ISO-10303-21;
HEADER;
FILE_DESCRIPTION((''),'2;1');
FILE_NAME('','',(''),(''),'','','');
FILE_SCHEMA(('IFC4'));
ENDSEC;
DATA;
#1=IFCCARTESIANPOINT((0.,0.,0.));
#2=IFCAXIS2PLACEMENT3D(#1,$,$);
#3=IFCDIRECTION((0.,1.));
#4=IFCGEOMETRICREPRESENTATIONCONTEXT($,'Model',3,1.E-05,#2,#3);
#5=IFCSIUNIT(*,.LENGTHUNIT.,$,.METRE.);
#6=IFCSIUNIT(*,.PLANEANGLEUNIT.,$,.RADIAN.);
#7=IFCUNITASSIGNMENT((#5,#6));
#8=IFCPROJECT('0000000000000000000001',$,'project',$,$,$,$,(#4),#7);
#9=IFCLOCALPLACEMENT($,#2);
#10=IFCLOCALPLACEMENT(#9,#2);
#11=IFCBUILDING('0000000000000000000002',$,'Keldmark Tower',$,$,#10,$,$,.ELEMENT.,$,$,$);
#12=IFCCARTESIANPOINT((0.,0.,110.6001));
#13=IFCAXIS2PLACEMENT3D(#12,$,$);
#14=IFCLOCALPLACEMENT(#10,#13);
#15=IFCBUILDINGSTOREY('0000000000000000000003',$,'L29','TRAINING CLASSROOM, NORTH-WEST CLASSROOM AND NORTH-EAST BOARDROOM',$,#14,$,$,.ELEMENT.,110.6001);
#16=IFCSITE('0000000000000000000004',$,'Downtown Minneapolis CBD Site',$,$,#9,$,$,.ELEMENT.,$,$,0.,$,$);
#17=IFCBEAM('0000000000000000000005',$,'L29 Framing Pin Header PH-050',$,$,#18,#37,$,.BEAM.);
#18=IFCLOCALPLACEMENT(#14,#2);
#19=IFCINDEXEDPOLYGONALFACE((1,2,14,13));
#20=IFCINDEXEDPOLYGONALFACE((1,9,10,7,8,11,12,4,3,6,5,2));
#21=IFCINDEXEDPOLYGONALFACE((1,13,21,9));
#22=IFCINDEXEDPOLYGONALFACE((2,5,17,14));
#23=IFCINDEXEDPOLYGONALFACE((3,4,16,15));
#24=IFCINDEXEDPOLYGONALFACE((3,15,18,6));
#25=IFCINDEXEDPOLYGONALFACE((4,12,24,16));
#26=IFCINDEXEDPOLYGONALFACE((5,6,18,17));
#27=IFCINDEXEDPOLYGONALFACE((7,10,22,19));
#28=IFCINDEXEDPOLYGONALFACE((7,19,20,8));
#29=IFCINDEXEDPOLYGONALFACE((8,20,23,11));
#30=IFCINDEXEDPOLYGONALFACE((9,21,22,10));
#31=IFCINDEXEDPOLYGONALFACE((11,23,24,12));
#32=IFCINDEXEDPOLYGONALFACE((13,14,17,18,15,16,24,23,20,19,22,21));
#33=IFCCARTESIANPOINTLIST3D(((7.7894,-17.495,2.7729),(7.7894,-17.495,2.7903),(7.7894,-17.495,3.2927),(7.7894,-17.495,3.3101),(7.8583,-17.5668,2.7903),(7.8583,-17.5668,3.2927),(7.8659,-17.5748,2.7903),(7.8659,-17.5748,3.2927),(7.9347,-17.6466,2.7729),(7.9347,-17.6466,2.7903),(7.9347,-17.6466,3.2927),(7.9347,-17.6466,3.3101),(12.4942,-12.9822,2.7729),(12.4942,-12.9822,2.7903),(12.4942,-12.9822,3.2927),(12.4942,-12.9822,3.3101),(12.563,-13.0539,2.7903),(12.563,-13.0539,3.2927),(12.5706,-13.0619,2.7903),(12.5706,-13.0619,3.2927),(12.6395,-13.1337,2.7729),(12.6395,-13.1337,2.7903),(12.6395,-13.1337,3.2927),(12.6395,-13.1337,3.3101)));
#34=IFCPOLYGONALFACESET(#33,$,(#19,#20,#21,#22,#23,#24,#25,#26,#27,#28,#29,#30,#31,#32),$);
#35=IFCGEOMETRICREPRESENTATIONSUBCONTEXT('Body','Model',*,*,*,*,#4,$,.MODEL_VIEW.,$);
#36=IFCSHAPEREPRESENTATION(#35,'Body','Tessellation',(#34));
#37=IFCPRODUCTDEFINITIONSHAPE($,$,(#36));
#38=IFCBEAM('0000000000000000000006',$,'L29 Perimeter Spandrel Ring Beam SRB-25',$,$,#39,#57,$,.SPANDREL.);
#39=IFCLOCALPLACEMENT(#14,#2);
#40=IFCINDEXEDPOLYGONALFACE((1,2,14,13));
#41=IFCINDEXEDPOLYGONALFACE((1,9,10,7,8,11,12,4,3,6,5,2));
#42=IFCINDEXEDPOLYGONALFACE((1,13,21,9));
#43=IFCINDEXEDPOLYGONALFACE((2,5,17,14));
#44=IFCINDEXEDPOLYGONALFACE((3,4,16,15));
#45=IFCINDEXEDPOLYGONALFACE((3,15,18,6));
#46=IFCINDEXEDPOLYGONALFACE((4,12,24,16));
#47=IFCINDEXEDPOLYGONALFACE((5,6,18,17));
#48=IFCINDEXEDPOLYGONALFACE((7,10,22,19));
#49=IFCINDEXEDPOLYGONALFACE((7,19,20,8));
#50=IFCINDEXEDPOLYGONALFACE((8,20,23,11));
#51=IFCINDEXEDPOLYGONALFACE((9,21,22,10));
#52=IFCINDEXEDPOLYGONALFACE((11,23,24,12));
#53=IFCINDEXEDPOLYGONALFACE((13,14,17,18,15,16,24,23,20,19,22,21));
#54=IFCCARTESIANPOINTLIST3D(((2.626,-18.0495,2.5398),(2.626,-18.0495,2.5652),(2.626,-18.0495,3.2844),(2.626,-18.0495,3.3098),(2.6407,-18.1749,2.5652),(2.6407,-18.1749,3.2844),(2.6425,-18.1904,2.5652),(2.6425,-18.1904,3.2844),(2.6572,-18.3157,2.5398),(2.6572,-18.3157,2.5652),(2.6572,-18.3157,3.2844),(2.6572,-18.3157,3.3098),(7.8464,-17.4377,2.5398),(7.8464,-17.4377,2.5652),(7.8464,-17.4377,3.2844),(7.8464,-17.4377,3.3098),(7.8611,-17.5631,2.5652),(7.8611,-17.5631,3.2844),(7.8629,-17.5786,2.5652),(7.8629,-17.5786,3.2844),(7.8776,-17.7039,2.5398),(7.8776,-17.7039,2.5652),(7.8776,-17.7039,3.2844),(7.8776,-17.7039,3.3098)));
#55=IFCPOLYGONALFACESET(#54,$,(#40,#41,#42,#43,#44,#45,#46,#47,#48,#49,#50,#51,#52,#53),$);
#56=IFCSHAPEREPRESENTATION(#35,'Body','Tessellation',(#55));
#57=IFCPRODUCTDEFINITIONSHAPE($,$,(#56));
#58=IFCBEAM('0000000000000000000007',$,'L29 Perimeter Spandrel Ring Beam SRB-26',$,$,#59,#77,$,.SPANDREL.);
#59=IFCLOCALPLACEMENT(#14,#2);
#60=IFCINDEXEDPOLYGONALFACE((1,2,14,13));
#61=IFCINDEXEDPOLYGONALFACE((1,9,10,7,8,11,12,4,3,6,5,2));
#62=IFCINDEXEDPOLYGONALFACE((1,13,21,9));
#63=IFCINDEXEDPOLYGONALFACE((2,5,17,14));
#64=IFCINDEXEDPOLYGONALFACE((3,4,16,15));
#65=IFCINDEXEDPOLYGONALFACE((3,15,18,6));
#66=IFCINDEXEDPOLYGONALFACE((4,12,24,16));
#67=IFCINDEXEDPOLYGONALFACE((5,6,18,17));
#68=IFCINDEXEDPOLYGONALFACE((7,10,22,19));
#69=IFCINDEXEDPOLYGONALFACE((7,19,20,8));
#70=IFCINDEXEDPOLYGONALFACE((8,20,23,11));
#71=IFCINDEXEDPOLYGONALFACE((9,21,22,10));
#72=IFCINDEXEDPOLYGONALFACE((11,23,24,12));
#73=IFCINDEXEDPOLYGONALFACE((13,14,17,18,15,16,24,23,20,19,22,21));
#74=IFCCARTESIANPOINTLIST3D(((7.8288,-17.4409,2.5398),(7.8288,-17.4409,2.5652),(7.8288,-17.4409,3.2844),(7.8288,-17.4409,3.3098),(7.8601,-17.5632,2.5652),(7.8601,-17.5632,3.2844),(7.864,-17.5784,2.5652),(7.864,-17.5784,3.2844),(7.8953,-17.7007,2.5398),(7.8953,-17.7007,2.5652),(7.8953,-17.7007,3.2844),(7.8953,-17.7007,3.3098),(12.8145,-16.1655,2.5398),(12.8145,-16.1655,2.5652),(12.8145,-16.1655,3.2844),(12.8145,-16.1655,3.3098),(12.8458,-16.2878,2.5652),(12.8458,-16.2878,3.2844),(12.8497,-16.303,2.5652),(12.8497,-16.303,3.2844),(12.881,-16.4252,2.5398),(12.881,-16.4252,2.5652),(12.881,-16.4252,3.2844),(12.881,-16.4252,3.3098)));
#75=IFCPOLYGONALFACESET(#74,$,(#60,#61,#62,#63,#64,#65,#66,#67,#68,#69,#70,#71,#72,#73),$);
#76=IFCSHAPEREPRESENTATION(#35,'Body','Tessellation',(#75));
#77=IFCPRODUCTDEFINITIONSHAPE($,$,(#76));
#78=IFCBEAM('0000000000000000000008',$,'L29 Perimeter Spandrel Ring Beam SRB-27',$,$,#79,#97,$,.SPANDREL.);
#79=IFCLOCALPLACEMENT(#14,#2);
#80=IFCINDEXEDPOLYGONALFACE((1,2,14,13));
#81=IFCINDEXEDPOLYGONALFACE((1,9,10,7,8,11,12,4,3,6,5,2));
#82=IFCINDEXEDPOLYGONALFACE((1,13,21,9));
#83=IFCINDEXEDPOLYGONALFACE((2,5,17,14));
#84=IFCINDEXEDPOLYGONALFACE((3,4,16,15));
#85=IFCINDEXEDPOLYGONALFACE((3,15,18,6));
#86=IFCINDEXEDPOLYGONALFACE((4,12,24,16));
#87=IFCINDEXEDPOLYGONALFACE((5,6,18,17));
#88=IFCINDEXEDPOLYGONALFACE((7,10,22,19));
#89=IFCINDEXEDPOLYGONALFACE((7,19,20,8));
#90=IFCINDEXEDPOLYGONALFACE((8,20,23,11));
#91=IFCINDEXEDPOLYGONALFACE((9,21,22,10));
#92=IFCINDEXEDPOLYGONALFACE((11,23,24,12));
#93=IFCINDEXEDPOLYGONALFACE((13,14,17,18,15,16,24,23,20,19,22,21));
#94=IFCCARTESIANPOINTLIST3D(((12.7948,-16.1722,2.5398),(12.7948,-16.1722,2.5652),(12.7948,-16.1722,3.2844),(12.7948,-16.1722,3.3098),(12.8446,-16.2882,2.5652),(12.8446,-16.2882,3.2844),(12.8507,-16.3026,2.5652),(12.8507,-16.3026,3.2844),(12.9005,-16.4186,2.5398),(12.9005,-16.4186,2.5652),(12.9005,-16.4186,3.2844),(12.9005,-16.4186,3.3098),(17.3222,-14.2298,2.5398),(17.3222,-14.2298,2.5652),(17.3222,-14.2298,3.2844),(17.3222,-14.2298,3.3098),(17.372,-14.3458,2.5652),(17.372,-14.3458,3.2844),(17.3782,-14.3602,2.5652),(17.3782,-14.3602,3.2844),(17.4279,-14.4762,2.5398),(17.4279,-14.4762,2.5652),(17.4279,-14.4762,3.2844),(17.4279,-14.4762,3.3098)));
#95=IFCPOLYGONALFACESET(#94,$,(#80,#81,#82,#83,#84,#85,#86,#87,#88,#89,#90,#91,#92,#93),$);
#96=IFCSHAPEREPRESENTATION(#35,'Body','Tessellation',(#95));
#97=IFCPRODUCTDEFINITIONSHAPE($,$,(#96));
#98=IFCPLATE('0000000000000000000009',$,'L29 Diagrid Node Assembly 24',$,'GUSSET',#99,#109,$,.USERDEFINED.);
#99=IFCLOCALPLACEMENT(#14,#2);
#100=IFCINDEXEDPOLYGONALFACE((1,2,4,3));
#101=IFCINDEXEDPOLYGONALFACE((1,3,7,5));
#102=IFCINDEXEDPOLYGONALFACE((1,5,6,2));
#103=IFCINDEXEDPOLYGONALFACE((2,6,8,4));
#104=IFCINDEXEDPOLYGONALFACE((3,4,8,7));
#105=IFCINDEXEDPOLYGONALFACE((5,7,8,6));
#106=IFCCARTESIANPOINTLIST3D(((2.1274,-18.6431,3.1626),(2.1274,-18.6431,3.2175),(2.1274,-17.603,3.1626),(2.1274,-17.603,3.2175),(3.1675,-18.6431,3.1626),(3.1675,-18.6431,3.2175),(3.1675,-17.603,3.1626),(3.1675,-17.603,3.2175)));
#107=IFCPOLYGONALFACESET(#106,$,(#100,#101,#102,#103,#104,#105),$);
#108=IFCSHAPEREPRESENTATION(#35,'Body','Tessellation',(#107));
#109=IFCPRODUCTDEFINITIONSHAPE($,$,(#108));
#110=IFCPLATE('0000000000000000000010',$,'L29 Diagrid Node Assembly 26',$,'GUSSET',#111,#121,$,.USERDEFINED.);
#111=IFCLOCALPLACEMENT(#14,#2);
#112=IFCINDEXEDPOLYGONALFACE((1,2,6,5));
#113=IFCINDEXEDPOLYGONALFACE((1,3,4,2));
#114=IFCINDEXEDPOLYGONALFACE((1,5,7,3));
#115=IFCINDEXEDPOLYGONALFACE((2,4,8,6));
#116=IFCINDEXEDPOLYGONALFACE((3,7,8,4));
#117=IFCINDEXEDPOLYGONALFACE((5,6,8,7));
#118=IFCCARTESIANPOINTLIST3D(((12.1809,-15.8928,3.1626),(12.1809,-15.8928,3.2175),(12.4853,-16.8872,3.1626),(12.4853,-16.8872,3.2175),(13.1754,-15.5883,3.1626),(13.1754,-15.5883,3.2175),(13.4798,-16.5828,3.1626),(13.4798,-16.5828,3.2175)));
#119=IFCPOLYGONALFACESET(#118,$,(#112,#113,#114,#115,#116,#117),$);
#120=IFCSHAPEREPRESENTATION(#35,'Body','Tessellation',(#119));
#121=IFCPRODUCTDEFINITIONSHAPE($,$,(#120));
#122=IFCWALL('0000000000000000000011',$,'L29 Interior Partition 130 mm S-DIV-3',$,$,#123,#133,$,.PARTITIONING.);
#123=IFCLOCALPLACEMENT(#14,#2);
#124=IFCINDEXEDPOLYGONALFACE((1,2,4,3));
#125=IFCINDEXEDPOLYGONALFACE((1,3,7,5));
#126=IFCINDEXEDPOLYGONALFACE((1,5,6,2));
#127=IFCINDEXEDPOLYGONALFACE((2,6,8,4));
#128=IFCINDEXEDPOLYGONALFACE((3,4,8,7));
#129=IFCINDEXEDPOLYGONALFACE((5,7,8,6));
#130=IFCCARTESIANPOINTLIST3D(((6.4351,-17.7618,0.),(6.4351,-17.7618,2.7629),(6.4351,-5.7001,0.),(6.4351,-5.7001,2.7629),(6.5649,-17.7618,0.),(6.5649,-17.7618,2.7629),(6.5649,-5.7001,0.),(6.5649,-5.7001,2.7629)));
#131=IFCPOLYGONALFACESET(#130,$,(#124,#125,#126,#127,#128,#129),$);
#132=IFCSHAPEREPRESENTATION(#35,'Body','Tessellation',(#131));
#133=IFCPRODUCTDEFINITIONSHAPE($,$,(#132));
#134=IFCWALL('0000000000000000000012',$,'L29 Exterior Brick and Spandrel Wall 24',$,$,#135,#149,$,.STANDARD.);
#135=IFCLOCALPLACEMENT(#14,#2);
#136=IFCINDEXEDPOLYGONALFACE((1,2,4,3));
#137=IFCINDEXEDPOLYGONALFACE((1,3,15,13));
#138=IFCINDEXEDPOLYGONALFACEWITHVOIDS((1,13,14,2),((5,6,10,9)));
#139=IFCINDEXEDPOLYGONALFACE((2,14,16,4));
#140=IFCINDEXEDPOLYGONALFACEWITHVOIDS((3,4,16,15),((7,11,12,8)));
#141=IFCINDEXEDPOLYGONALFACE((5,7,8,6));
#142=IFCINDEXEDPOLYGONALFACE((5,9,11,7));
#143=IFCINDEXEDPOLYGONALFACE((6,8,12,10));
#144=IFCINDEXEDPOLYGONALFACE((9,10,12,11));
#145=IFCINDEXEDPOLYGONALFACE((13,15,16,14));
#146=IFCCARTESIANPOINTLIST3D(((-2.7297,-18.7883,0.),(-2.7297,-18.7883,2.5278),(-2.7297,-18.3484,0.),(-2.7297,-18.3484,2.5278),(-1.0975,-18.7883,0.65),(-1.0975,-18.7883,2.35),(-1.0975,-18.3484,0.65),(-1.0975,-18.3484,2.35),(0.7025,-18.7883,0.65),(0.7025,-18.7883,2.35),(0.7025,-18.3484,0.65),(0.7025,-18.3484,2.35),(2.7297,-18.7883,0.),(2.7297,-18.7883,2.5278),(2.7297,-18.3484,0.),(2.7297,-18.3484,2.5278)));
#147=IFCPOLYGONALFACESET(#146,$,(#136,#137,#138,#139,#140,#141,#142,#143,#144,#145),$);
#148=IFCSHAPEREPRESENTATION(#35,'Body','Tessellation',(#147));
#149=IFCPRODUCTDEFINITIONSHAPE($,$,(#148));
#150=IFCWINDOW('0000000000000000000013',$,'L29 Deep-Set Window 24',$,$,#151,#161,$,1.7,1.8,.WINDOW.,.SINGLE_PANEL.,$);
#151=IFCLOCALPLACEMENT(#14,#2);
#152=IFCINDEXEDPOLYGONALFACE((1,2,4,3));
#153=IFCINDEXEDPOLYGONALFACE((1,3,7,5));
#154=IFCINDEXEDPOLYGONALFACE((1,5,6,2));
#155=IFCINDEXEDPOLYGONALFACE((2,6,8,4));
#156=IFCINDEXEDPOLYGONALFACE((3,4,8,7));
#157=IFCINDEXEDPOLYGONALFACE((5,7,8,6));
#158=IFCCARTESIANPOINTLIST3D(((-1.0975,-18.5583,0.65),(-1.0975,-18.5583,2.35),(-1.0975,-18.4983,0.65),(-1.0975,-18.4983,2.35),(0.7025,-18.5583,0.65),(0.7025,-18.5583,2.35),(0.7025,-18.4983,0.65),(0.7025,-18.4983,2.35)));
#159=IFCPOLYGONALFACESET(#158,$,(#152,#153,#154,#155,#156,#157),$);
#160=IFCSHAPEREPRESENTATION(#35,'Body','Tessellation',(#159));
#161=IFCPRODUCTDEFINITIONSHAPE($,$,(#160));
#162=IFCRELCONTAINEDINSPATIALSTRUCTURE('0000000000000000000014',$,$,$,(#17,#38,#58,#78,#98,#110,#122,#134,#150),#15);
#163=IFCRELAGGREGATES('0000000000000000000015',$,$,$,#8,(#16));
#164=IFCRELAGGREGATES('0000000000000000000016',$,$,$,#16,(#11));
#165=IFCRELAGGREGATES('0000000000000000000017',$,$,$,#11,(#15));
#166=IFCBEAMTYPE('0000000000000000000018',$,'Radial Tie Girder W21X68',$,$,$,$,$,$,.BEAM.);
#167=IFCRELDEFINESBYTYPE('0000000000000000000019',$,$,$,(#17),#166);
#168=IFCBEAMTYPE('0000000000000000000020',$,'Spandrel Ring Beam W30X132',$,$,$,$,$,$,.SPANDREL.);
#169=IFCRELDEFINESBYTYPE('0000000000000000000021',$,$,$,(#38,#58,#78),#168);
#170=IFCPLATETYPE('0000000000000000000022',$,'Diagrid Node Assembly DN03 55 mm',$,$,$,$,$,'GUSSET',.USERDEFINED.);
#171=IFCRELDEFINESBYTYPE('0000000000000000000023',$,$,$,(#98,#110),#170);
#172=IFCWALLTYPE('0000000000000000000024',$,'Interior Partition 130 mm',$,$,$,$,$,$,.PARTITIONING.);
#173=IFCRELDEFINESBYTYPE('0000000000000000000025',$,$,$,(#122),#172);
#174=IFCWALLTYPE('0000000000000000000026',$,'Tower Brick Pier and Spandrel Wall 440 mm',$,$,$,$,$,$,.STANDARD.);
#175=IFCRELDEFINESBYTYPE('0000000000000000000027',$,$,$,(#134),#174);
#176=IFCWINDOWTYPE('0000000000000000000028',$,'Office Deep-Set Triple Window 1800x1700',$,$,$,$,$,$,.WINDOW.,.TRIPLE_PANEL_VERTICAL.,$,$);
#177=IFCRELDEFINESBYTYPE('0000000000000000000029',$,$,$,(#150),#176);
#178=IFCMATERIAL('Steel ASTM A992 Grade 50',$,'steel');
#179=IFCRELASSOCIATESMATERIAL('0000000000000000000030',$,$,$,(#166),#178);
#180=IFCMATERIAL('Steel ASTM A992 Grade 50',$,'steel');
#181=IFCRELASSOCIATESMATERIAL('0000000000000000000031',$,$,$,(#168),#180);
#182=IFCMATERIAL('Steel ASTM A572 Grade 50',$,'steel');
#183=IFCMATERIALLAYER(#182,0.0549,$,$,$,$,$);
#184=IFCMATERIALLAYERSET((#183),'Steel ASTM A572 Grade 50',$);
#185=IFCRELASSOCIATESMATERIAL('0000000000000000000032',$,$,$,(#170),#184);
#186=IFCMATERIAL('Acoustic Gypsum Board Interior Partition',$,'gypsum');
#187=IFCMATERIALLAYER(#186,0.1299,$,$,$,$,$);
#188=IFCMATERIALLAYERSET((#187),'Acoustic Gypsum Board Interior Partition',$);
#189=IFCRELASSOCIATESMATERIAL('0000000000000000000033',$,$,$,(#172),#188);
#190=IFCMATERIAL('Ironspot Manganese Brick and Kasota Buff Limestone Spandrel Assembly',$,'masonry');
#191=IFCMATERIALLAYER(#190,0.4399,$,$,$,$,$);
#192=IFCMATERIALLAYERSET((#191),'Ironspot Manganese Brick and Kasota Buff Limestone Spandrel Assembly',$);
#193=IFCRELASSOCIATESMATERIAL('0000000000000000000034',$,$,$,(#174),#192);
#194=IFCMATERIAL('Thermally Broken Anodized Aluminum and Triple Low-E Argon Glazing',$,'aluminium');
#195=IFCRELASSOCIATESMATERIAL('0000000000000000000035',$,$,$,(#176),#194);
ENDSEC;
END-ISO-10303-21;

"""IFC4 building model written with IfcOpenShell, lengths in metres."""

from ifc_helpers import new_model, si_unit, direction, frame, frame_2d, origin, origin_2d, place, context, subcontext, project, spatial, rectangle, i_section, extrude, material, layer, layer_set, material_profile, profile_set, type_object, element, fill, save


model = new_model("IFC4")

# Units and contexts
model_context = context("Model", 3, precision=1e-05, world=origin(), true_north=direction((0.0, 1.0)))
body_context = subcontext(model_context, "Body", "Model", "MODEL_VIEW")
ifc_project = project(units=[si_unit("LENGTHUNIT", "METRE"), si_unit("PLANEANGLEUNIT", "RADIAN")], contexts=[model_context])

# Site, building, storey
site_placement = place(None, origin())
site = spatial("IfcSite", under=ifc_project, at=site_placement, Name="Downtown Minneapolis CBD Site", CompositionType="ELEMENT", RefElevation=0.0)
building_placement = place(site_placement, origin())
building = spatial("IfcBuilding", under=site, at=building_placement, Name="Keldmark Tower", CompositionType="ELEMENT")
storey_placement = place(building_placement, frame((0.0, 0.0, 110.6001)))
storey = spatial("IfcBuildingStorey", under=building, at=storey_placement, Name="L29", Description="TRAINING CLASSROOM, NORTH-WEST CLASSROOM AND NORTH-EAST BOARDROOM", CompositionType="ELEMENT", Elevation=110.6001)

# Beams
ifc_material_1 = material(Name="Steel ASTM A992 Grade 50", Category="steel")
ifc_material_profile_1 = material_profile(ifc_material_1, i_section(OverallWidth=0.21, OverallDepth=0.5371, WebThickness=0.011, FlangeThickness=0.0173, at=origin_2d()), Name="W21X68")
ifc_profile_set_1 = profile_set([ifc_material_profile_1], Name="Steel ASTM A992 Grade 50")
beam_type_1 = type_object("IfcBeamType", Name="Radial Tie Girder W21X68", PredefinedType="BEAM", material=ifc_profile_set_1)
beam_1_placement = place(storey_placement, frame((7.8621, -17.5708, 3.0415), z_axis=(0.721671, 0.692236, 0.0), x_axis=(-0.692236, 0.721671, 0.0)))
element("IfcBeam", 1, at=beam_1_placement, inside=storey, type_object=beam_type_1, Name="L29 Framing Pin Header PH-050", PredefinedType="BEAM", context=body_context, shape_type="SweptSolid", body=[
    extrude(i_section(OverallWidth=0.21, OverallDepth=0.5371, WebThickness=0.011, FlangeThickness=0.0173, at=origin_2d()), origin(), (0.0, 0.0, 1.0), 6.5193),
])
ifc_material_2 = material(Name="Steel ASTM A992 Grade 50", Category="steel")
ifc_material_profile_2 = material_profile(ifc_material_2, i_section(OverallWidth=0.2681, OverallDepth=0.77, WebThickness=0.0156, FlangeThickness=0.0254, at=origin_2d()), Name="W30X132")
ifc_profile_set_2 = profile_set([ifc_material_profile_2], Name="Steel ASTM A992 Grade 50")
beam_type_2 = type_object("IfcBeamType", Name="Spandrel Ring Beam W30X132", PredefinedType="SPANDREL", material=ifc_profile_set_2)
beam_2_placement = place(storey_placement, frame((2.6416, -18.1826, 2.9248), z_axis=(0.993203, 0.116399, 0.0), x_axis=(-0.116399, 0.993203, 0.0)))
element("IfcBeam", 2, at=beam_2_placement, inside=storey, type_object=beam_type_2, Name="L29 Perimeter Spandrel Ring Beam SRB-25", PredefinedType="SPANDREL", context=body_context, shape_type="SweptSolid", body=[
    extrude(i_section(OverallWidth=0.2681, OverallDepth=0.77, WebThickness=0.0156, FlangeThickness=0.0254, at=origin_2d()), origin(), (0.0, 0.0, 1.0), 5.2561),
])
beam_3_placement = place(storey_placement, frame((7.8621, -17.5708, 2.9248), z_axis=(0.968802, 0.247834, 0.0), x_axis=(-0.247834, 0.968802, 0.0)))
element("IfcBeam", 3, at=beam_3_placement, inside=storey, type_object=beam_type_2, Name="L29 Perimeter Spandrel Ring Beam SRB-26", PredefinedType="SPANDREL", context=body_context, shape_type="SweptSolid", body=[
    extrude(i_section(OverallWidth=0.2681, OverallDepth=0.77, WebThickness=0.0156, FlangeThickness=0.0254, at=origin_2d()), origin(), (0.0, 0.0, 1.0), 5.1462),
])
beam_4_placement = place(storey_placement, frame((12.8477, -16.2954, 2.9248), z_axis=(0.918991, 0.394278, 0.0), x_axis=(-0.394278, 0.918991, 0.0)))
element("IfcBeam", 4, at=beam_4_placement, inside=storey, type_object=beam_type_2, Name="L29 Perimeter Spandrel Ring Beam SRB-27", PredefinedType="SPANDREL", context=body_context, shape_type="SweptSolid", body=[
    extrude(i_section(OverallWidth=0.2681, OverallDepth=0.77, WebThickness=0.0156, FlangeThickness=0.0254, at=origin_2d()), origin(), (0.0, 0.0, 1.0), 4.9265),
])

# Plates
ifc_material_3 = material(Name="Steel ASTM A572 Grade 50", Category="steel")
ifc_layer_1 = layer(ifc_material_3, 0.0549)
ifc_layer_set_1 = layer_set([ifc_layer_1], Name="Steel ASTM A572 Grade 50")
plate_type = type_object("IfcPlateType", Name="Diagrid Node Assembly DN03 55 mm", ElementType="GUSSET", PredefinedType="USERDEFINED", material=ifc_layer_set_1)
for number, where, z_axis, x_axis, name in (
    (5, (2.6475, -18.123, 3.1626), (0.0, 0.0, 1.0), (1.0, 0.0, 0.0), "L29 Diagrid Node Assembly 24"),
    (6, (12.8303, -16.2378, 3.1626), (0.0, 0.0, 1.0), (0.956203, 0.292706, 0.0), "L29 Diagrid Node Assembly 26"),
):
    element("IfcPlate", number, at=place(storey_placement, frame(where, z_axis=z_axis, x_axis=x_axis)), inside=storey, type_object=plate_type, Name=name, ObjectType="GUSSET", PredefinedType="USERDEFINED", context=body_context, shape_type="SweptSolid", body=[
        extrude(rectangle(XDim=1.04, YDim=1.04, at=origin_2d()), origin(), (0.0, 0.0, 1.0), 0.0549),
    ])

# Wall
ifc_material_4 = material(Name="Acoustic Gypsum Board Interior Partition", Category="gypsum")
ifc_layer_2 = layer(ifc_material_4, 0.1299)
ifc_layer_set_2 = layer_set([ifc_layer_2], Name="Acoustic Gypsum Board Interior Partition")
wall_type_1 = type_object("IfcWallType", Name="Interior Partition 130 mm", PredefinedType="PARTITIONING", material=ifc_layer_set_2)
wall_1_placement = place(storey_placement, frame((6.5, -17.7617, 0.0), z_axis=(0.0, 0.0, 1.0), x_axis=(0.0, 1.0, 0.0)))
element("IfcWall", 7, at=wall_1_placement, inside=storey, type_object=wall_type_1, Name="L29 Interior Partition 130 mm S-DIV-3", PredefinedType="PARTITIONING", context=body_context, shape_type="SweptSolid", body=[
    extrude(rectangle(XDim=12.0618, YDim=0.1299, at=frame_2d((6.0308, 0.0))), origin(), (0.0, 0.0, 1.0), 2.7629),
])

# Wall, opening, window
ifc_material_5 = material(Name="Ironspot Manganese Brick and Kasota Buff Limestone Spandrel Assembly", Category="masonry")
ifc_layer_3 = layer(ifc_material_5, 0.4399)
ifc_layer_set_3 = layer_set([ifc_layer_3], Name="Ironspot Manganese Brick and Kasota Buff Limestone Spandrel Assembly")
wall_type_2 = type_object("IfcWallType", Name="Tower Brick Pier and Spandrel Wall 440 mm", PredefinedType="STANDARD", material=ifc_layer_set_3)
wall_2_placement = place(storey_placement, frame((2.7297, -18.5684, 0.0), z_axis=(0.0, 0.0, 1.0), x_axis=(-1.0, 0.0, 0.0)))
wall_2 = element("IfcWall", 8, at=wall_2_placement, inside=storey, type_object=wall_type_2, Name="L29 Exterior Brick and Spandrel Wall 24", PredefinedType="STANDARD", context=body_context, shape_type="SweptSolid", body=[
    extrude(rectangle(XDim=5.4595, YDim=0.4399, at=frame_2d((2.7297, 0.0))), origin(), (0.0, 0.0, 1.0), 2.5278),
])
opening_1_placement = place(wall_2_placement, frame((2.0273, 0.0, 0.6499)))
opening_1 = element("IfcOpeningElement", 9, at=opening_1_placement, cuts=wall_2, PredefinedType="OPENING", context=body_context, shape_type="SweptSolid", body=[
    extrude(rectangle(XDim=1.8, YDim=1.7, at=frame_2d((0.8999, 0.8501))), frame((0.0, 0.23, 0.0), z_axis=(0.0, -1.0, 0.0), x_axis=(1.0, 0.0, 0.0)), (0.0, 0.0, 1.0), 0.46),
])
ifc_material_6 = material(Name="Thermally Broken Anodized Aluminum and Triple Low-E Argon Glazing", Category="aluminium")
window_type_1 = type_object("IfcWindowType", Name="Office Deep-Set Triple Window 1800x1700", PartitioningType="TRIPLE_PANEL_VERTICAL", PredefinedType="WINDOW", material=ifc_material_6)
window_1_placement = place(opening_1_placement, origin())
window_1 = element("IfcWindow", 10, at=window_1_placement, inside=storey, type_object=window_type_1, Name="L29 Deep-Set Window 24", OverallHeight=1.7, OverallWidth=1.8, PartitioningType="SINGLE_PANEL", PredefinedType="WINDOW", context=body_context, shape_type="SweptSolid", body=[
    extrude(rectangle(XDim=1.8, YDim=1.7, at=frame_2d((0.8999, 0.8501))), frame((0.0, -0.01, 0.0), z_axis=(0.0, -1.0, 0.0), x_axis=(1.0, 0.0, 0.0)), (0.0, 0.0, 1.0), 0.0601),
])
fill(opening_1, window_1)

save(model, "model.ifc")
